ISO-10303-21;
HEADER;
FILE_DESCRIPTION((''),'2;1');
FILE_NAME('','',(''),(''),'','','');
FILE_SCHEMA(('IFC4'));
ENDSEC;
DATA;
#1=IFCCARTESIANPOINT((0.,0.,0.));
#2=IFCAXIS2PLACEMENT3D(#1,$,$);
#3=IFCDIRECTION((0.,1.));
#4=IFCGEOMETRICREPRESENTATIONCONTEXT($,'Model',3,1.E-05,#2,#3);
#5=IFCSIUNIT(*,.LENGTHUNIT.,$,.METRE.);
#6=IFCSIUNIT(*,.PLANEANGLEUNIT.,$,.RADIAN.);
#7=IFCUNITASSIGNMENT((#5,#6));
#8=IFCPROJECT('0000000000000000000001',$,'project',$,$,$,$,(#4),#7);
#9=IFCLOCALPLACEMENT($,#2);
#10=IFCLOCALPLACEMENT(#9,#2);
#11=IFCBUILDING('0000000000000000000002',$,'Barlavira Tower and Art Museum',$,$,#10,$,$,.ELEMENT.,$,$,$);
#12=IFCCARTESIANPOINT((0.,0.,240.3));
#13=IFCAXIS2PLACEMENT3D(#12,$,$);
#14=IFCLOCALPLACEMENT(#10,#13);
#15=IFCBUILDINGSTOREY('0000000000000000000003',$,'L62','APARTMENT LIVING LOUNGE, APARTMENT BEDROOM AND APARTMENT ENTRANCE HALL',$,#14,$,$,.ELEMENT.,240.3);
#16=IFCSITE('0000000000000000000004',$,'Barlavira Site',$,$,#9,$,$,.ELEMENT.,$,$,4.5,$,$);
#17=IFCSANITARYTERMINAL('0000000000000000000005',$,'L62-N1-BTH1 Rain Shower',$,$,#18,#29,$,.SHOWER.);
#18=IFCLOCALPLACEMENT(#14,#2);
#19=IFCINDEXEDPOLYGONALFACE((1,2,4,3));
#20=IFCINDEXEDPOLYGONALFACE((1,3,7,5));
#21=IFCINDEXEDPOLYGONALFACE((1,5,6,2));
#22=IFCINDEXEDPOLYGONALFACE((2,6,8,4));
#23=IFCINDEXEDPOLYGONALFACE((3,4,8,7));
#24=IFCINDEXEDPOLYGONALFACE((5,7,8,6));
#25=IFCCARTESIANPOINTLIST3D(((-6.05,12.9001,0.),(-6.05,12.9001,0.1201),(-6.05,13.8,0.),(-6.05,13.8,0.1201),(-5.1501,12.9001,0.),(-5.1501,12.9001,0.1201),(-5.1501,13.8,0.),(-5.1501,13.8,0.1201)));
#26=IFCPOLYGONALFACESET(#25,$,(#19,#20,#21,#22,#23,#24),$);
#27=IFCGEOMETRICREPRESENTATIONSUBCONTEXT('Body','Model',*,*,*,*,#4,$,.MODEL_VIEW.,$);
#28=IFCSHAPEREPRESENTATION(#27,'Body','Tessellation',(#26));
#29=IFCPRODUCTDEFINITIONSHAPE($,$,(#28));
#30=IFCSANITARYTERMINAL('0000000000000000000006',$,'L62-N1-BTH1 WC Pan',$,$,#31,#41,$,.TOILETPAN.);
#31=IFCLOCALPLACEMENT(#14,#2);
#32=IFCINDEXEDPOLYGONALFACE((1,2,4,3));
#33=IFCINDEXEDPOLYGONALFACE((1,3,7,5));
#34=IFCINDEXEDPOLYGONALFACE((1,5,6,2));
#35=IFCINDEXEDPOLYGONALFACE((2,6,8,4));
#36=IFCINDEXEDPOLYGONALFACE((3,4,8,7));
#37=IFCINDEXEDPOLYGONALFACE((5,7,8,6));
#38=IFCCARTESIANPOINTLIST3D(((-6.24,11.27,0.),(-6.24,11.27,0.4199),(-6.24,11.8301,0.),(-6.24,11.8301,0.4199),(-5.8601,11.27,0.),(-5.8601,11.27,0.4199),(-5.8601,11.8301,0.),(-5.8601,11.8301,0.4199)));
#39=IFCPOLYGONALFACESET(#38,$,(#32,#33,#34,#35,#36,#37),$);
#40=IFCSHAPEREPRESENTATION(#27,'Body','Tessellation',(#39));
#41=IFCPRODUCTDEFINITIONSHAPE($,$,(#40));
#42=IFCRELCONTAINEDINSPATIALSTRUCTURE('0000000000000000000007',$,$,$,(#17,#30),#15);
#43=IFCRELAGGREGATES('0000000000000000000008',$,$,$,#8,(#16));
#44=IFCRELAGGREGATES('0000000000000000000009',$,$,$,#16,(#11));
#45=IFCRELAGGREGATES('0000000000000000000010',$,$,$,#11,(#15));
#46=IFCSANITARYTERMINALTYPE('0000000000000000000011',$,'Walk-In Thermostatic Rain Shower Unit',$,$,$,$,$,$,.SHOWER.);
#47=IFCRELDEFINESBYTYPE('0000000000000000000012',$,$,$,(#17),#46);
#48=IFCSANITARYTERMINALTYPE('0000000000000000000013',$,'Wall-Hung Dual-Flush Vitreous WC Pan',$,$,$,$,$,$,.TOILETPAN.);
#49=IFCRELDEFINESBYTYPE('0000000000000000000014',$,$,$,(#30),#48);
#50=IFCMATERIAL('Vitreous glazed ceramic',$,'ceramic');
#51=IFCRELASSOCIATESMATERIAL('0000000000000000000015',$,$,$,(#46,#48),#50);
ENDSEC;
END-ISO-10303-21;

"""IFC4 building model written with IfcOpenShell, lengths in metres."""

from ifc_helpers import new_model, si_unit, direction, frame, origin, origin_2d, place, context, subcontext, project, spatial, rectangle, extrude, material, type_object, element, save


model = new_model("IFC4")

# Units and contexts
model_context = context("Model", 3, precision=1e-05, world=origin(), true_north=direction((0.0, 1.0)))
body_context = subcontext(model_context, "Body", "Model", "MODEL_VIEW")
ifc_project = project(units=[si_unit("LENGTHUNIT", "METRE"), si_unit("PLANEANGLEUNIT", "RADIAN")], contexts=[model_context])

# Site, building, storey
site_placement = place(None, origin())
site = spatial("IfcSite", under=ifc_project, at=site_placement, Name="Barlavira Site", CompositionType="ELEMENT", RefElevation=4.5)
building_placement = place(site_placement, origin())
building = spatial("IfcBuilding", under=site, at=building_placement, Name="Barlavira Tower and Art Museum", CompositionType="ELEMENT")
storey_placement = place(building_placement, frame((0.0, 0.0, 240.3)))
storey = spatial("IfcBuildingStorey", under=building, at=storey_placement, Name="L62", Description="APARTMENT LIVING LOUNGE, APARTMENT BEDROOM AND APARTMENT ENTRANCE HALL", CompositionType="ELEMENT", Elevation=240.3)

# Sanitary terminals
ifc_material_1 = material(Name="Vitreous glazed ceramic", Category="ceramic")
sanitary_terminal_type_1 = type_object("IfcSanitaryTerminalType", Name="Walk-In Thermostatic Rain Shower Unit", PredefinedType="SHOWER", material=ifc_material_1)
sanitary_terminal_1_placement = place(storey_placement, frame((-5.6001, 13.3501, 0.0), z_axis=(0.0, 0.0, 1.0), x_axis=(1.0, 0.0, 0.0)))
element("IfcSanitaryTerminal", 1, at=sanitary_terminal_1_placement, inside=storey, type_object=sanitary_terminal_type_1, Name="L62-N1-BTH1 Rain Shower", PredefinedType="SHOWER", context=body_context, shape_type="SweptSolid", body=[
    extrude(rectangle(XDim=0.8999, YDim=0.8999, at=origin_2d()), origin(), (0.0, 0.0, 1.0), 0.1201),
])
sanitary_terminal_type_2 = type_object("IfcSanitaryTerminalType", Name="Wall-Hung Dual-Flush Vitreous WC Pan", PredefinedType="TOILETPAN", material=ifc_material_1)
sanitary_terminal_2_placement = place(storey_placement, frame((-6.05, 11.55, 0.0), z_axis=(0.0, 0.0, 1.0), x_axis=(1.0, 0.0, 0.0)))
element("IfcSanitaryTerminal", 2, at=sanitary_terminal_2_placement, inside=storey, type_object=sanitary_terminal_type_2, Name="L62-N1-BTH1 WC Pan", PredefinedType="TOILETPAN", context=body_context, shape_type="SweptSolid", body=[
    extrude(rectangle(XDim=0.3799, YDim=0.5601, at=origin_2d()), origin(), (0.0, 0.0, 1.0), 0.4199),
])

save(model, "model.ifc")
